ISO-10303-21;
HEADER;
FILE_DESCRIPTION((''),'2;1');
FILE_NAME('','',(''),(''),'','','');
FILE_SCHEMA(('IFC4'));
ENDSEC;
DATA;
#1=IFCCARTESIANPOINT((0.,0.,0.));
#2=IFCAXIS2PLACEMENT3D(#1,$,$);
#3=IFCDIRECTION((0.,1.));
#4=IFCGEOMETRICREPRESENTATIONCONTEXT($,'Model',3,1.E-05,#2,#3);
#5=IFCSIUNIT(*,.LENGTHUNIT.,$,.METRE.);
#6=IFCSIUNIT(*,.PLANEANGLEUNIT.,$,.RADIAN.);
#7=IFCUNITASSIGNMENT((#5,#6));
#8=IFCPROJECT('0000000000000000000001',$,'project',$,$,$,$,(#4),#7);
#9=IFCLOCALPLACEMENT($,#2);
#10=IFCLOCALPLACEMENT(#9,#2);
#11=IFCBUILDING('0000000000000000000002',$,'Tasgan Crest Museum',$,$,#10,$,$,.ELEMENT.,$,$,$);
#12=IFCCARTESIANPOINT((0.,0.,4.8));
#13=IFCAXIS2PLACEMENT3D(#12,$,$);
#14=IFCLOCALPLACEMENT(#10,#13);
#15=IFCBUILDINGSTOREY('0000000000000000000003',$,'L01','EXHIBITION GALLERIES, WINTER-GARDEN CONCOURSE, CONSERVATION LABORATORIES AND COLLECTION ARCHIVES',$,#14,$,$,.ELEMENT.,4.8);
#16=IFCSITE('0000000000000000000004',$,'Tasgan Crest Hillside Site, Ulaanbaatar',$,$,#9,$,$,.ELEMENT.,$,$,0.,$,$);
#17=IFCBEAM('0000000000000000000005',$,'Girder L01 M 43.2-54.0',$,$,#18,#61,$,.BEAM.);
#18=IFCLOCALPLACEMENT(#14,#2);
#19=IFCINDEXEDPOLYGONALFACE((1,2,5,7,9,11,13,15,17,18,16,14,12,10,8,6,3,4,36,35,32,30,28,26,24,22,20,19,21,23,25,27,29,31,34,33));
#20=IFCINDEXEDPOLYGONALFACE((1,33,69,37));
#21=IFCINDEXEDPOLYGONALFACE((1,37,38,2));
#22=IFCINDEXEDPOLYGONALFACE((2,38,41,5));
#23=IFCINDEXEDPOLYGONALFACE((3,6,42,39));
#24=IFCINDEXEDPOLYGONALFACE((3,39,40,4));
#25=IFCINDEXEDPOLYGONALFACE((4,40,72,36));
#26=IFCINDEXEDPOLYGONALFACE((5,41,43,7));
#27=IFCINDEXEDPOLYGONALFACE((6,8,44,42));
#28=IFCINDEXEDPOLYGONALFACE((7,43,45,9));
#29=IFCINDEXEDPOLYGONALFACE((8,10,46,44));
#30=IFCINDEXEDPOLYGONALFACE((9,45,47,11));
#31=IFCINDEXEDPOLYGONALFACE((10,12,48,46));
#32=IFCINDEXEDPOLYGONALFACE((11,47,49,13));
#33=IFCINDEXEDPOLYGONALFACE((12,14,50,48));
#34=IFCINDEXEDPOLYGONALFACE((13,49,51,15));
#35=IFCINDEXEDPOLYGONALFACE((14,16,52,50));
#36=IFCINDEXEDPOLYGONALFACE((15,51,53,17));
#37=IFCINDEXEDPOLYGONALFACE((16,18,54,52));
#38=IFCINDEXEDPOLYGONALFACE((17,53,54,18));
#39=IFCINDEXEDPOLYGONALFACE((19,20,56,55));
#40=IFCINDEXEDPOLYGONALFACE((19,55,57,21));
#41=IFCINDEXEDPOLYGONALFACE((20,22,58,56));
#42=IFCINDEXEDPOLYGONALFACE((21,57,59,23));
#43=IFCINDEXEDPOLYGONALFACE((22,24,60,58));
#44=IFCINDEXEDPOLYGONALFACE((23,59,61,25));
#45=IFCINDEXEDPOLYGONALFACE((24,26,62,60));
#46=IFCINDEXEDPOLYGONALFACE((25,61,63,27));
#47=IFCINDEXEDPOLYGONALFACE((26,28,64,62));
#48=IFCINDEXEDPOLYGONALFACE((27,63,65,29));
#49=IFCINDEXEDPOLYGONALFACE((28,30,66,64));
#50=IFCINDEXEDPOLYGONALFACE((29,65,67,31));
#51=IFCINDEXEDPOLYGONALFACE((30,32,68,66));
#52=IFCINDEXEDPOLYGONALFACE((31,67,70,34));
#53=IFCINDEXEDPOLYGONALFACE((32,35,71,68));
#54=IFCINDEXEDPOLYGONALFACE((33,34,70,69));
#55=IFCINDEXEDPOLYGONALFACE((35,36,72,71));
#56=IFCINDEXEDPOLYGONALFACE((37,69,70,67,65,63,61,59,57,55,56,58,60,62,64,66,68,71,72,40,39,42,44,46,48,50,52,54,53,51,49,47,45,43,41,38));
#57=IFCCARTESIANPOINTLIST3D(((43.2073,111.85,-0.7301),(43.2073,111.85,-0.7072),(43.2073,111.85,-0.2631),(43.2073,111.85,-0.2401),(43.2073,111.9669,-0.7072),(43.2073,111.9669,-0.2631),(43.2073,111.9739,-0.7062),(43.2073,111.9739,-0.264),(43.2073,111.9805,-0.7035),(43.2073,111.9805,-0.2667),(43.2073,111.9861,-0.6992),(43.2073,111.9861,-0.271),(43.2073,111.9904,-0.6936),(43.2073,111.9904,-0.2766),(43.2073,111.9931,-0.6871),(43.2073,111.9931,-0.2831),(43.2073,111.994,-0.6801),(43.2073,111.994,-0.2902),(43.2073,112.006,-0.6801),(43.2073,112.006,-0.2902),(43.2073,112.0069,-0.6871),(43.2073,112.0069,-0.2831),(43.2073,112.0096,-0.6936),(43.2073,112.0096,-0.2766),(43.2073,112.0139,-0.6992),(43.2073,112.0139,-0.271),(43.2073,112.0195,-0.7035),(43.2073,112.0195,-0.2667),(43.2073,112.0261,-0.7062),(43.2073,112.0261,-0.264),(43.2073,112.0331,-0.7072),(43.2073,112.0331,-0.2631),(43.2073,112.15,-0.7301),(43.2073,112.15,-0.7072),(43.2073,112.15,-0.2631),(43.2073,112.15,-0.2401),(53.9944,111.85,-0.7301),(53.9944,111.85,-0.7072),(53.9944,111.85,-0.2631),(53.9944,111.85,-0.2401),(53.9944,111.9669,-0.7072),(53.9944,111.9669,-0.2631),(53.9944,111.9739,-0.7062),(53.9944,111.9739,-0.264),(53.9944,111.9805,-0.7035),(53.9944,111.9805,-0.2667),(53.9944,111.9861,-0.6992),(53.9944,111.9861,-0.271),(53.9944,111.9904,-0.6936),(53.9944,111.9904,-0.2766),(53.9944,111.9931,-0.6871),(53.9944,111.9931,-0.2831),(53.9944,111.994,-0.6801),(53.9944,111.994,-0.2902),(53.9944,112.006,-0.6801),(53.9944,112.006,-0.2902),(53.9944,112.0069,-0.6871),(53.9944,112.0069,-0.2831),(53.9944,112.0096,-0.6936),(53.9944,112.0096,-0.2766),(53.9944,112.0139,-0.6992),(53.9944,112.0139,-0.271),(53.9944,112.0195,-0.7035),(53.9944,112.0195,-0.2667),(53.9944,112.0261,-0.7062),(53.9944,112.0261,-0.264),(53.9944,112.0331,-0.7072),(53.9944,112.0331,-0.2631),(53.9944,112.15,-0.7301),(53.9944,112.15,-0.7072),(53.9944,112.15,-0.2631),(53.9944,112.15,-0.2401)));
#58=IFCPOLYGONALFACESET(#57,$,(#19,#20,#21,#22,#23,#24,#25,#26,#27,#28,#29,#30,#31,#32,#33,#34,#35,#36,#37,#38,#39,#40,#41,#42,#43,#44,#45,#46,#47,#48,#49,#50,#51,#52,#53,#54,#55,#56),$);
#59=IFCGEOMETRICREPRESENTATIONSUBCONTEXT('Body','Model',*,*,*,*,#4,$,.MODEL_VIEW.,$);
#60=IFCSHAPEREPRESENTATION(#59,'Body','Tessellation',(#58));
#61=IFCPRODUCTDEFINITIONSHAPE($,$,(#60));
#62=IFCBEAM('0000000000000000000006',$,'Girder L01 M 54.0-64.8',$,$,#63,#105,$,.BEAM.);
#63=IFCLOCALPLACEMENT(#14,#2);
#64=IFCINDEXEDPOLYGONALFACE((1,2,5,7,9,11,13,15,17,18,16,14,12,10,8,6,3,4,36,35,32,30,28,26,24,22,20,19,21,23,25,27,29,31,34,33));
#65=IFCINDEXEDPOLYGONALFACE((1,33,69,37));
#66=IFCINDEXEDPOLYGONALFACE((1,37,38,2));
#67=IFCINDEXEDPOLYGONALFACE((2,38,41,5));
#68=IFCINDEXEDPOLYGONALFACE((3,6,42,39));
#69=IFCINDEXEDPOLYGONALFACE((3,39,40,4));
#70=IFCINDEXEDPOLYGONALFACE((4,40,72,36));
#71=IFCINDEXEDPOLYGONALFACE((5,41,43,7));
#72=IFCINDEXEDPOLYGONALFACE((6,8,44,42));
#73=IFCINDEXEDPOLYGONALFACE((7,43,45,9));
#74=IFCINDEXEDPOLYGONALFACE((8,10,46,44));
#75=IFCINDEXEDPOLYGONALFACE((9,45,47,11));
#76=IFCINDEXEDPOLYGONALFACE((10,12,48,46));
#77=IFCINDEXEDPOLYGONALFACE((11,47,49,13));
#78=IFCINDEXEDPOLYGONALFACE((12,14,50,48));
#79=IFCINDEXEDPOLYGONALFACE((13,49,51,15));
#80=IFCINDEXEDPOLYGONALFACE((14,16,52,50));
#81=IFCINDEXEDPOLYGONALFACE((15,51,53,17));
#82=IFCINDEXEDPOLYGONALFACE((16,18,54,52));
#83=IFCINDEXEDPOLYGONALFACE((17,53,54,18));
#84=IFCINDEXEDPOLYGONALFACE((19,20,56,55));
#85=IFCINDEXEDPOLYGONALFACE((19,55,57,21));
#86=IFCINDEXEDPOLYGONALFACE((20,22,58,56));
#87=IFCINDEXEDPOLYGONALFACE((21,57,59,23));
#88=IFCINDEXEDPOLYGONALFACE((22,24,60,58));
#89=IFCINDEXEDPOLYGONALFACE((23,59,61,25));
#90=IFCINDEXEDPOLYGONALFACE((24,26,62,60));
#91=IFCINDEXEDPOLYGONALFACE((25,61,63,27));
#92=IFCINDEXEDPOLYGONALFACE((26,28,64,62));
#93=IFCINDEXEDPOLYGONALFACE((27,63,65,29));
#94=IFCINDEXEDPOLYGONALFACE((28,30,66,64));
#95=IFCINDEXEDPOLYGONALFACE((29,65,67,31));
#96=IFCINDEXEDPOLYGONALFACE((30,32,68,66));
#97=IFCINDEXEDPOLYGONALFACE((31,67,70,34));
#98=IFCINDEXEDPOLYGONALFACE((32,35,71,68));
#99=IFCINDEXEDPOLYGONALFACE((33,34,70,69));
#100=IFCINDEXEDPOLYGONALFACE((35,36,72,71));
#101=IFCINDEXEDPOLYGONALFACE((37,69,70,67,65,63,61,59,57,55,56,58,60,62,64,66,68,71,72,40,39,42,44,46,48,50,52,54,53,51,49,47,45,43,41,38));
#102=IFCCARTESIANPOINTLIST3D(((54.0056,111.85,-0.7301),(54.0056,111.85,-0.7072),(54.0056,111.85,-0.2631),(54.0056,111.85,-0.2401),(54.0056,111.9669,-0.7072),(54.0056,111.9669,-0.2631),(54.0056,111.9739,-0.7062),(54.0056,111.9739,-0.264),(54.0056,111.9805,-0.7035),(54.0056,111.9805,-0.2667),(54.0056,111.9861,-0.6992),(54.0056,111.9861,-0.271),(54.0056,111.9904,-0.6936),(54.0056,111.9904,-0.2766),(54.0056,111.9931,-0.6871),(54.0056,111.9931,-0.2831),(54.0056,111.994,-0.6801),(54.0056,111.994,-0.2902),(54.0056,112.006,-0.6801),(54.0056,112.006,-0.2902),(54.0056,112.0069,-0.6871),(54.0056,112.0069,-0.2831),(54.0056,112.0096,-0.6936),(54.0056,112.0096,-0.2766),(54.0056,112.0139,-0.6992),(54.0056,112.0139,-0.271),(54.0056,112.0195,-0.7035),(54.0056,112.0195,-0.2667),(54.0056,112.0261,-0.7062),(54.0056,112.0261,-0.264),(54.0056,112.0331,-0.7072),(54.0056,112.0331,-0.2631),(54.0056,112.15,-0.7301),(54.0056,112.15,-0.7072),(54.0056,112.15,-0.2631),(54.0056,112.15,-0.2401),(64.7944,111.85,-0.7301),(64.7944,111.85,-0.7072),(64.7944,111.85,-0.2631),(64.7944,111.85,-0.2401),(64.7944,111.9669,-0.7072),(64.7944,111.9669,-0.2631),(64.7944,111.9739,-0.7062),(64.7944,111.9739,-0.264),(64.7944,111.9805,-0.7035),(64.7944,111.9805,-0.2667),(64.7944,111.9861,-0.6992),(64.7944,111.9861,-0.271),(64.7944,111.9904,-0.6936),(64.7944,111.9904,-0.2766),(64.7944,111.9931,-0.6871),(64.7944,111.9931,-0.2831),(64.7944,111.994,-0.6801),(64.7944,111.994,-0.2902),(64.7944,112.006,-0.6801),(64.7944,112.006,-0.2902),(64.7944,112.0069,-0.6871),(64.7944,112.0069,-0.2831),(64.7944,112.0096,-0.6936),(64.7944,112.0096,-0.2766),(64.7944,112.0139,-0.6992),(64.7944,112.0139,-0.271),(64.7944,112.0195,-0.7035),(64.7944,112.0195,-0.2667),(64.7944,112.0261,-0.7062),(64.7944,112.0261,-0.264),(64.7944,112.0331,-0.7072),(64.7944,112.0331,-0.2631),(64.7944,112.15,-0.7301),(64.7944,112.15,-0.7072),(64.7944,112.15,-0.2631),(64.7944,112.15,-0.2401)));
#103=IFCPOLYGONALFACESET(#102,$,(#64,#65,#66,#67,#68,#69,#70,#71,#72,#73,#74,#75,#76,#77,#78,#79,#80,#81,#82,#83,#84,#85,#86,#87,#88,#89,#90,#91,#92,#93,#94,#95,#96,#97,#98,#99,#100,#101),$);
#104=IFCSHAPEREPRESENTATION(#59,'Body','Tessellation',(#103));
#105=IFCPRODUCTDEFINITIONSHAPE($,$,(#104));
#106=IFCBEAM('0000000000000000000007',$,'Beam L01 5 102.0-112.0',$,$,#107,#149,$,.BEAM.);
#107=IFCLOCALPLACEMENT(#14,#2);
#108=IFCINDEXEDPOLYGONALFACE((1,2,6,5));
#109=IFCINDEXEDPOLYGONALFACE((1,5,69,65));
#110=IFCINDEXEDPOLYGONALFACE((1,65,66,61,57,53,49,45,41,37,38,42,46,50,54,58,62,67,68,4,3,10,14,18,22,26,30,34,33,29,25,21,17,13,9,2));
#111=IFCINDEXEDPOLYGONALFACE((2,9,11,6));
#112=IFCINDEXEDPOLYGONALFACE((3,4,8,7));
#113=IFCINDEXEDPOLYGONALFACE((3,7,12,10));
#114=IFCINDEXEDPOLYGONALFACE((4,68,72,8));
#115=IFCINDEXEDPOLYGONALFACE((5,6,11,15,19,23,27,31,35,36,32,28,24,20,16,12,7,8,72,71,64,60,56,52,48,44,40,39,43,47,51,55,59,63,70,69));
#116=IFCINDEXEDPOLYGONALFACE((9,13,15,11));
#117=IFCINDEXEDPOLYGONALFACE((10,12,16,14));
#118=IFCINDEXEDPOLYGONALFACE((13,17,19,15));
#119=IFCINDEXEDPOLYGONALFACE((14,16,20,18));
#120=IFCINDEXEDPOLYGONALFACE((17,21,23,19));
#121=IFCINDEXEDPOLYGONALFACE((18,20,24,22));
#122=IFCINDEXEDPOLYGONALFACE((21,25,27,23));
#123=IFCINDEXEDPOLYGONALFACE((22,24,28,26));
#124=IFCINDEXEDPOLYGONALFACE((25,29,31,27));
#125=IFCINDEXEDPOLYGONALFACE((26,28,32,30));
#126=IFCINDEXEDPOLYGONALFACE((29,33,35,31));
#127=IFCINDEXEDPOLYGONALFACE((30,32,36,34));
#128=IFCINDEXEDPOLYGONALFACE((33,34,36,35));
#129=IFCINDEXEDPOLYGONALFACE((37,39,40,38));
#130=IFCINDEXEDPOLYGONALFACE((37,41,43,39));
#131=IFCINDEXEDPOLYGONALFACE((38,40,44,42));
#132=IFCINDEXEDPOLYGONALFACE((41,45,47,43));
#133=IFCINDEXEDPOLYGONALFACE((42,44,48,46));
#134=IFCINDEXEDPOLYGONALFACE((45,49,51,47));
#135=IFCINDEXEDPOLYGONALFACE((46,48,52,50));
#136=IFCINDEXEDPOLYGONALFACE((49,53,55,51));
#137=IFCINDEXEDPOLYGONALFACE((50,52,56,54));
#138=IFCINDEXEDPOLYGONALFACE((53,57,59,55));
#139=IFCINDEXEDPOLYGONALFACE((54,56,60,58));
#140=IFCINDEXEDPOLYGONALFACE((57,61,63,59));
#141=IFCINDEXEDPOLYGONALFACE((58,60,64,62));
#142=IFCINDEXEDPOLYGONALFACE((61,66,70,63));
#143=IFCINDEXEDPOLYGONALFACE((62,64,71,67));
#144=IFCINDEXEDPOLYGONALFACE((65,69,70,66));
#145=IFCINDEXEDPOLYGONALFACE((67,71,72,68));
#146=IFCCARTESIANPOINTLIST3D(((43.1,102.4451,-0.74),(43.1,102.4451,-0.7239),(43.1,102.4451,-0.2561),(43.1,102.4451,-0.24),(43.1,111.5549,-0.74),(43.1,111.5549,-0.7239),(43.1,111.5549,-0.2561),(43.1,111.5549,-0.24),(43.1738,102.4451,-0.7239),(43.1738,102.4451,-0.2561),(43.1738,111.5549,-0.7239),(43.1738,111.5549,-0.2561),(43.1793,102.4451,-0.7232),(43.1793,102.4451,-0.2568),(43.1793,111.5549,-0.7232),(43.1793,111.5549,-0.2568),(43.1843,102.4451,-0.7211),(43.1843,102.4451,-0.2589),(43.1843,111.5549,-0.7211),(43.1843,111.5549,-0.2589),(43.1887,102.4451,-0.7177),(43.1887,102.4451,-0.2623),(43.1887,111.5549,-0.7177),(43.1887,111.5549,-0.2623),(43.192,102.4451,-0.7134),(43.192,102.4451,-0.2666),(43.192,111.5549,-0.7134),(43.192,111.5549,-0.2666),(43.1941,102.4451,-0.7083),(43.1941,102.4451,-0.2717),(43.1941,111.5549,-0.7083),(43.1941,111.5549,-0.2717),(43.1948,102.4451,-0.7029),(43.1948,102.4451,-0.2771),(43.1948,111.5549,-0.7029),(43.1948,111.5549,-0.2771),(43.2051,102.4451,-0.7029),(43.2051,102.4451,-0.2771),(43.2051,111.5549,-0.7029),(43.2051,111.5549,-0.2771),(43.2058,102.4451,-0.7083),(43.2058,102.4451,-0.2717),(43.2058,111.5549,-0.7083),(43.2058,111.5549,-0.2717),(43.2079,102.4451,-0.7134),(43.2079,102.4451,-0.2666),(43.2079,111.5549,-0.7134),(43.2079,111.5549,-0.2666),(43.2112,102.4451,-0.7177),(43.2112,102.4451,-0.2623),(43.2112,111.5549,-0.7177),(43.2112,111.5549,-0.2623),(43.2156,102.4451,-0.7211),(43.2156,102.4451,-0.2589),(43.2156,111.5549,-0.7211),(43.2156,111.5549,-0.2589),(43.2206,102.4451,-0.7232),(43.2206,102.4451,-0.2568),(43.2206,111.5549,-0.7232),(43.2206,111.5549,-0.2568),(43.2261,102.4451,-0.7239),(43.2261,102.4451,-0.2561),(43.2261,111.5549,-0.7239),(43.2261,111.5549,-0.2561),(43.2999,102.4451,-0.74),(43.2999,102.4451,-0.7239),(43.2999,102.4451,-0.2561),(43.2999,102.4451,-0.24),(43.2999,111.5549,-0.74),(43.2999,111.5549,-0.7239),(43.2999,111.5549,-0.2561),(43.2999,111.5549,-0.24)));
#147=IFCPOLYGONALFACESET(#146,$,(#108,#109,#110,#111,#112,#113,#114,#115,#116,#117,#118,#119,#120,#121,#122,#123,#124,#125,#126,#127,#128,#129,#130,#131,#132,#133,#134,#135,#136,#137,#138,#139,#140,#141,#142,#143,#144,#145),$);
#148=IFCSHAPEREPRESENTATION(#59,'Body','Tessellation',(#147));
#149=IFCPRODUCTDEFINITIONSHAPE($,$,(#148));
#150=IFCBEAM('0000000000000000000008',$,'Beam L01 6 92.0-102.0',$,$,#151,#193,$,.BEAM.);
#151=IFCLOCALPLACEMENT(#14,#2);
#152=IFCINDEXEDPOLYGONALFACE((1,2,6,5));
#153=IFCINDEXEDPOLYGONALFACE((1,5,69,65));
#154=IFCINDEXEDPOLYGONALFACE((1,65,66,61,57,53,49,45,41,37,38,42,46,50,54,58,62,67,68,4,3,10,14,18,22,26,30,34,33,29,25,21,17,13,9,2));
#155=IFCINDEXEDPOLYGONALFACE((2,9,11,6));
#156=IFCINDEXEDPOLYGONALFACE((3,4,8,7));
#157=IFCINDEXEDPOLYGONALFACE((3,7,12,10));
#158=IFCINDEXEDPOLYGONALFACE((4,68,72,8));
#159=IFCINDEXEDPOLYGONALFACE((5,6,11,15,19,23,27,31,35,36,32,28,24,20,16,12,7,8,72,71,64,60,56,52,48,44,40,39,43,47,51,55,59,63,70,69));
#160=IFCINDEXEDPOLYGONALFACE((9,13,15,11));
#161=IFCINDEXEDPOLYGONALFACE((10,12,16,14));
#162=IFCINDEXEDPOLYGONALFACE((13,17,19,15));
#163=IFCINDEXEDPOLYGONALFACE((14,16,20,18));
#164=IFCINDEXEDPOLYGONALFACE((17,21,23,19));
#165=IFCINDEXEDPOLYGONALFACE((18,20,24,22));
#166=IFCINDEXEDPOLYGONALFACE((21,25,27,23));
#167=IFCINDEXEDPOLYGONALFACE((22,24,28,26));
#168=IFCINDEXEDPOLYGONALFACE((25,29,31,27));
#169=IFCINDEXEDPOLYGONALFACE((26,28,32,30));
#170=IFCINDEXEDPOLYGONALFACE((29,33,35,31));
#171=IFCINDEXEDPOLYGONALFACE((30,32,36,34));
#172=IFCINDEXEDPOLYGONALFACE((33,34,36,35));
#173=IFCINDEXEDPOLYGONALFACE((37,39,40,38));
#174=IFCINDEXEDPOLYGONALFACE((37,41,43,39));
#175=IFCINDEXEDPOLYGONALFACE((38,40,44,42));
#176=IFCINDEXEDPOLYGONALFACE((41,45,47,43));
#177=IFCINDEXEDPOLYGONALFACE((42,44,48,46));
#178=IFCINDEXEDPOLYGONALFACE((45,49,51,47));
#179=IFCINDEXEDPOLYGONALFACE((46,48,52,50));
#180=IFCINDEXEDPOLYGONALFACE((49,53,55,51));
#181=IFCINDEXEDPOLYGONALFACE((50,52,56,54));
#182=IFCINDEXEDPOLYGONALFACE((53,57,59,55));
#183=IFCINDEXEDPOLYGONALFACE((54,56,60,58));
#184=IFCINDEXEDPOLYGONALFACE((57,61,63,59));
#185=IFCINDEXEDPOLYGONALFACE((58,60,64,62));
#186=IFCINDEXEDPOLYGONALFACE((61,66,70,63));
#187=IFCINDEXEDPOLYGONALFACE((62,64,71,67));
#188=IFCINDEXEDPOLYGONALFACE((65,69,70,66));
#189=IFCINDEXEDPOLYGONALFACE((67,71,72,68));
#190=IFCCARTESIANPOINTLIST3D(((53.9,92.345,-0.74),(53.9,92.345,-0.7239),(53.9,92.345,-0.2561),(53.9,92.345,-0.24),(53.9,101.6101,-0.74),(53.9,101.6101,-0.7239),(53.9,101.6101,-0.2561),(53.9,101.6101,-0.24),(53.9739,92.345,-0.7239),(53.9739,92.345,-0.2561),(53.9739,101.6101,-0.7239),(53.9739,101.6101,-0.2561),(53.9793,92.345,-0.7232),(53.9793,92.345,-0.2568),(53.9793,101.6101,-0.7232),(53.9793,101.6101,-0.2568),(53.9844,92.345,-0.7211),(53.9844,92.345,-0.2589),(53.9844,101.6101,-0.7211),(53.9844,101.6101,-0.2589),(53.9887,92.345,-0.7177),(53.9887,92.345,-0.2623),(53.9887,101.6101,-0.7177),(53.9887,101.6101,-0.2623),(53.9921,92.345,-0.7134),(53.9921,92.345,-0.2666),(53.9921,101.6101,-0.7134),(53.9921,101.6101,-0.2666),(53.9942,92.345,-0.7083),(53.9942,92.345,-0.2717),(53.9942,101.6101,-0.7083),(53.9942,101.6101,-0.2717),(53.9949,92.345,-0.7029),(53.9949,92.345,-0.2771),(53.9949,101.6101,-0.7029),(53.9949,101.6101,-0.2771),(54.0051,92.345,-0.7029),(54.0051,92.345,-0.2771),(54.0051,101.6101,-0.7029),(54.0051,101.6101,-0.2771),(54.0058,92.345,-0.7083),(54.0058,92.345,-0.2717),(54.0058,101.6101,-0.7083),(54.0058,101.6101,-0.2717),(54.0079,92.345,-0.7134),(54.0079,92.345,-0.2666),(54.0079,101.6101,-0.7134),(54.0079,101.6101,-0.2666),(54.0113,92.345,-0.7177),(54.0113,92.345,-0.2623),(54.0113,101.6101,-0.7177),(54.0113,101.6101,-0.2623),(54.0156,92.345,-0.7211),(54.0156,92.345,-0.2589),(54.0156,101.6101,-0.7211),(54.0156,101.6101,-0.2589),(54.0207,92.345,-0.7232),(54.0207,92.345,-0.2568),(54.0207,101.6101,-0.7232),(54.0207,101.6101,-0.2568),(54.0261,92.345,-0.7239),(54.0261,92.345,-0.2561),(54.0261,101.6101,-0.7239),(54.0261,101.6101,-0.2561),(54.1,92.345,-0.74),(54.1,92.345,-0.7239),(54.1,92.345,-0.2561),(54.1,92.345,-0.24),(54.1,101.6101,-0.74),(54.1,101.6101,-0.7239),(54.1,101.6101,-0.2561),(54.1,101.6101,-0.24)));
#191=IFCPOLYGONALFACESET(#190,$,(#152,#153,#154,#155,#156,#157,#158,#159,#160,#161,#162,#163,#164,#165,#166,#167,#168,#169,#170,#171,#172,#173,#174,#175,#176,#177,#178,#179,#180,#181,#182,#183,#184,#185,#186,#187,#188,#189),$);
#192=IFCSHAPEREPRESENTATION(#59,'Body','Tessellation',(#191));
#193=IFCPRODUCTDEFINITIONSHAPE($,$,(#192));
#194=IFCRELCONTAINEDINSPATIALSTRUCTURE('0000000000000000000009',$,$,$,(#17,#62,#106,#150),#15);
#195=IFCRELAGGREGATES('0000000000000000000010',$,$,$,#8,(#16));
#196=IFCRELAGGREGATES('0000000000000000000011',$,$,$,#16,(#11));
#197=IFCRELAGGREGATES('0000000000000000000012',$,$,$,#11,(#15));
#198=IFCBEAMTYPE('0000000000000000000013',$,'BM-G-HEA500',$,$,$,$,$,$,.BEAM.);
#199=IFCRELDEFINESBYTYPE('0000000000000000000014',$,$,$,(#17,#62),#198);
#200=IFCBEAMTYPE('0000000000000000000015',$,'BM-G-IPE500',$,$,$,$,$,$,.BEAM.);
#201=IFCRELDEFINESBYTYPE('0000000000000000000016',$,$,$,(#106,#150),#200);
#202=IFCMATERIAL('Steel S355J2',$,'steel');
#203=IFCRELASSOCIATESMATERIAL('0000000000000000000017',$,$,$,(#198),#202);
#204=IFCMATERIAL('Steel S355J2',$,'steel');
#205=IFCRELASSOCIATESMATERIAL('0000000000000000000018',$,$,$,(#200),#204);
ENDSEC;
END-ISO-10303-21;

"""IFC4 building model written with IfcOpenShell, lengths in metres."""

from ifc_helpers import new_model, si_unit, direction, frame, origin, origin_2d, place, context, subcontext, project, spatial, i_section, extrude, material, material_profile, profile_set, type_object, element, save


model = new_model("IFC4")

# Units and contexts
model_context = context("Model", 3, precision=1e-05, world=origin(), true_north=direction((0.0, 1.0)))
body_context = subcontext(model_context, "Body", "Model", "MODEL_VIEW")
ifc_project = project(units=[si_unit("LENGTHUNIT", "METRE"), si_unit("PLANEANGLEUNIT", "RADIAN")], contexts=[model_context])

# Site, building, storey
site_placement = place(None, origin())
site = spatial("IfcSite", under=ifc_project, at=site_placement, Name="Tasgan Crest Hillside Site, Ulaanbaatar", CompositionType="ELEMENT", RefElevation=0.0)
building_placement = place(site_placement, origin())
building = spatial("IfcBuilding", under=site, at=building_placement, Name="Tasgan Crest Museum", CompositionType="ELEMENT")
storey_placement = place(building_placement, frame((0.0, 0.0, 4.8)))
storey = spatial("IfcBuildingStorey", under=building, at=storey_placement, Name="L01", Description="EXHIBITION GALLERIES, WINTER-GARDEN CONCOURSE, CONSERVATION LABORATORIES AND COLLECTION ARCHIVES", CompositionType="ELEMENT", Elevation=4.8)

# Beams
ifc_material_1 = material(Name="Steel S355J2", Category="steel")
ifc_material_profile_1 = material_profile(ifc_material_1, i_section(OverallWidth=0.3, OverallDepth=0.49, WebThickness=0.012, FlangeThickness=0.0229, FilletRadius=0.0271, at=origin_2d()), Name="HEA 500")
ifc_profile_set_1 = profile_set([ifc_material_profile_1], Name="Steel S355J2")
beam_type_1 = type_object("IfcBeamType", Name="BM-G-HEA500", PredefinedType="BEAM", material=ifc_profile_set_1)
beam_1_placement = place(storey_placement, frame((43.2073, 112.0, -0.4851), z_axis=(1.0, 0.0, 0.0), x_axis=(0.0, 1.0, 0.0)))
element("IfcBeam", 1, at=beam_1_placement, inside=storey, type_object=beam_type_1, Name="Girder L01 M 43.2-54.0", PredefinedType="BEAM", context=body_context, shape_type="SweptSolid", body=[
    extrude(i_section(OverallWidth=0.3, OverallDepth=0.49, WebThickness=0.012, FlangeThickness=0.0229, FilletRadius=0.0271, at=origin_2d()), origin(), (0.0, 0.0, 1.0), 10.7871),
])
beam_2_placement = place(storey_placement, frame((54.0056, 112.0, -0.4851), z_axis=(1.0, 0.0, 0.0), x_axis=(0.0, 1.0, 0.0)))
element("IfcBeam", 2, at=beam_2_placement, inside=storey, type_object=beam_type_1, Name="Girder L01 M 54.0-64.8", PredefinedType="BEAM", context=body_context, shape_type="SweptSolid", body=[
    extrude(i_section(OverallWidth=0.3, OverallDepth=0.49, WebThickness=0.012, FlangeThickness=0.0229, FilletRadius=0.0271, at=origin_2d()), origin(), (0.0, 0.0, 1.0), 10.7888),
])
ifc_material_2 = material(Name="Steel S355J2", Category="steel")
ifc_material_profile_2 = material_profile(ifc_material_2, i_section(OverallWidth=0.2, OverallDepth=0.5, WebThickness=0.0103, FlangeThickness=0.0161, FilletRadius=0.021, at=origin_2d()), Name="IPE 500")
ifc_profile_set_2 = profile_set([ifc_material_profile_2], Name="Steel S355J2")
beam_type_2 = type_object("IfcBeamType", Name="BM-G-IPE500", PredefinedType="BEAM", material=ifc_profile_set_2)
beam_3_placement = place(storey_placement, frame((43.2, 102.4451, -0.49), z_axis=(0.0, 1.0, 0.0), x_axis=(-1.0, 0.0, 0.0)))
element("IfcBeam", 3, at=beam_3_placement, inside=storey, type_object=beam_type_2, Name="Beam L01 5 102.0-112.0", PredefinedType="BEAM", context=body_context, shape_type="SweptSolid", body=[
    extrude(i_section(OverallWidth=0.2, OverallDepth=0.5, WebThickness=0.0103, FlangeThickness=0.0161, FilletRadius=0.021, at=origin_2d()), origin(), (0.0, 0.0, 1.0), 9.1099),
])
beam_4_placement = place(storey_placement, frame((54.0, 92.345, -0.49), z_axis=(0.0, 1.0, 0.0), x_axis=(-1.0, 0.0, 0.0)))
element("IfcBeam", 4, at=beam_4_placement, inside=storey, type_object=beam_type_2, Name="Beam L01 6 92.0-102.0", PredefinedType="BEAM", context=body_context, shape_type="SweptSolid", body=[
    extrude(i_section(OverallWidth=0.2, OverallDepth=0.5, WebThickness=0.0103, FlangeThickness=0.0161, FilletRadius=0.021, at=origin_2d()), origin(), (0.0, 0.0, 1.0), 9.2651),
])

save(model, "model.ifc")
